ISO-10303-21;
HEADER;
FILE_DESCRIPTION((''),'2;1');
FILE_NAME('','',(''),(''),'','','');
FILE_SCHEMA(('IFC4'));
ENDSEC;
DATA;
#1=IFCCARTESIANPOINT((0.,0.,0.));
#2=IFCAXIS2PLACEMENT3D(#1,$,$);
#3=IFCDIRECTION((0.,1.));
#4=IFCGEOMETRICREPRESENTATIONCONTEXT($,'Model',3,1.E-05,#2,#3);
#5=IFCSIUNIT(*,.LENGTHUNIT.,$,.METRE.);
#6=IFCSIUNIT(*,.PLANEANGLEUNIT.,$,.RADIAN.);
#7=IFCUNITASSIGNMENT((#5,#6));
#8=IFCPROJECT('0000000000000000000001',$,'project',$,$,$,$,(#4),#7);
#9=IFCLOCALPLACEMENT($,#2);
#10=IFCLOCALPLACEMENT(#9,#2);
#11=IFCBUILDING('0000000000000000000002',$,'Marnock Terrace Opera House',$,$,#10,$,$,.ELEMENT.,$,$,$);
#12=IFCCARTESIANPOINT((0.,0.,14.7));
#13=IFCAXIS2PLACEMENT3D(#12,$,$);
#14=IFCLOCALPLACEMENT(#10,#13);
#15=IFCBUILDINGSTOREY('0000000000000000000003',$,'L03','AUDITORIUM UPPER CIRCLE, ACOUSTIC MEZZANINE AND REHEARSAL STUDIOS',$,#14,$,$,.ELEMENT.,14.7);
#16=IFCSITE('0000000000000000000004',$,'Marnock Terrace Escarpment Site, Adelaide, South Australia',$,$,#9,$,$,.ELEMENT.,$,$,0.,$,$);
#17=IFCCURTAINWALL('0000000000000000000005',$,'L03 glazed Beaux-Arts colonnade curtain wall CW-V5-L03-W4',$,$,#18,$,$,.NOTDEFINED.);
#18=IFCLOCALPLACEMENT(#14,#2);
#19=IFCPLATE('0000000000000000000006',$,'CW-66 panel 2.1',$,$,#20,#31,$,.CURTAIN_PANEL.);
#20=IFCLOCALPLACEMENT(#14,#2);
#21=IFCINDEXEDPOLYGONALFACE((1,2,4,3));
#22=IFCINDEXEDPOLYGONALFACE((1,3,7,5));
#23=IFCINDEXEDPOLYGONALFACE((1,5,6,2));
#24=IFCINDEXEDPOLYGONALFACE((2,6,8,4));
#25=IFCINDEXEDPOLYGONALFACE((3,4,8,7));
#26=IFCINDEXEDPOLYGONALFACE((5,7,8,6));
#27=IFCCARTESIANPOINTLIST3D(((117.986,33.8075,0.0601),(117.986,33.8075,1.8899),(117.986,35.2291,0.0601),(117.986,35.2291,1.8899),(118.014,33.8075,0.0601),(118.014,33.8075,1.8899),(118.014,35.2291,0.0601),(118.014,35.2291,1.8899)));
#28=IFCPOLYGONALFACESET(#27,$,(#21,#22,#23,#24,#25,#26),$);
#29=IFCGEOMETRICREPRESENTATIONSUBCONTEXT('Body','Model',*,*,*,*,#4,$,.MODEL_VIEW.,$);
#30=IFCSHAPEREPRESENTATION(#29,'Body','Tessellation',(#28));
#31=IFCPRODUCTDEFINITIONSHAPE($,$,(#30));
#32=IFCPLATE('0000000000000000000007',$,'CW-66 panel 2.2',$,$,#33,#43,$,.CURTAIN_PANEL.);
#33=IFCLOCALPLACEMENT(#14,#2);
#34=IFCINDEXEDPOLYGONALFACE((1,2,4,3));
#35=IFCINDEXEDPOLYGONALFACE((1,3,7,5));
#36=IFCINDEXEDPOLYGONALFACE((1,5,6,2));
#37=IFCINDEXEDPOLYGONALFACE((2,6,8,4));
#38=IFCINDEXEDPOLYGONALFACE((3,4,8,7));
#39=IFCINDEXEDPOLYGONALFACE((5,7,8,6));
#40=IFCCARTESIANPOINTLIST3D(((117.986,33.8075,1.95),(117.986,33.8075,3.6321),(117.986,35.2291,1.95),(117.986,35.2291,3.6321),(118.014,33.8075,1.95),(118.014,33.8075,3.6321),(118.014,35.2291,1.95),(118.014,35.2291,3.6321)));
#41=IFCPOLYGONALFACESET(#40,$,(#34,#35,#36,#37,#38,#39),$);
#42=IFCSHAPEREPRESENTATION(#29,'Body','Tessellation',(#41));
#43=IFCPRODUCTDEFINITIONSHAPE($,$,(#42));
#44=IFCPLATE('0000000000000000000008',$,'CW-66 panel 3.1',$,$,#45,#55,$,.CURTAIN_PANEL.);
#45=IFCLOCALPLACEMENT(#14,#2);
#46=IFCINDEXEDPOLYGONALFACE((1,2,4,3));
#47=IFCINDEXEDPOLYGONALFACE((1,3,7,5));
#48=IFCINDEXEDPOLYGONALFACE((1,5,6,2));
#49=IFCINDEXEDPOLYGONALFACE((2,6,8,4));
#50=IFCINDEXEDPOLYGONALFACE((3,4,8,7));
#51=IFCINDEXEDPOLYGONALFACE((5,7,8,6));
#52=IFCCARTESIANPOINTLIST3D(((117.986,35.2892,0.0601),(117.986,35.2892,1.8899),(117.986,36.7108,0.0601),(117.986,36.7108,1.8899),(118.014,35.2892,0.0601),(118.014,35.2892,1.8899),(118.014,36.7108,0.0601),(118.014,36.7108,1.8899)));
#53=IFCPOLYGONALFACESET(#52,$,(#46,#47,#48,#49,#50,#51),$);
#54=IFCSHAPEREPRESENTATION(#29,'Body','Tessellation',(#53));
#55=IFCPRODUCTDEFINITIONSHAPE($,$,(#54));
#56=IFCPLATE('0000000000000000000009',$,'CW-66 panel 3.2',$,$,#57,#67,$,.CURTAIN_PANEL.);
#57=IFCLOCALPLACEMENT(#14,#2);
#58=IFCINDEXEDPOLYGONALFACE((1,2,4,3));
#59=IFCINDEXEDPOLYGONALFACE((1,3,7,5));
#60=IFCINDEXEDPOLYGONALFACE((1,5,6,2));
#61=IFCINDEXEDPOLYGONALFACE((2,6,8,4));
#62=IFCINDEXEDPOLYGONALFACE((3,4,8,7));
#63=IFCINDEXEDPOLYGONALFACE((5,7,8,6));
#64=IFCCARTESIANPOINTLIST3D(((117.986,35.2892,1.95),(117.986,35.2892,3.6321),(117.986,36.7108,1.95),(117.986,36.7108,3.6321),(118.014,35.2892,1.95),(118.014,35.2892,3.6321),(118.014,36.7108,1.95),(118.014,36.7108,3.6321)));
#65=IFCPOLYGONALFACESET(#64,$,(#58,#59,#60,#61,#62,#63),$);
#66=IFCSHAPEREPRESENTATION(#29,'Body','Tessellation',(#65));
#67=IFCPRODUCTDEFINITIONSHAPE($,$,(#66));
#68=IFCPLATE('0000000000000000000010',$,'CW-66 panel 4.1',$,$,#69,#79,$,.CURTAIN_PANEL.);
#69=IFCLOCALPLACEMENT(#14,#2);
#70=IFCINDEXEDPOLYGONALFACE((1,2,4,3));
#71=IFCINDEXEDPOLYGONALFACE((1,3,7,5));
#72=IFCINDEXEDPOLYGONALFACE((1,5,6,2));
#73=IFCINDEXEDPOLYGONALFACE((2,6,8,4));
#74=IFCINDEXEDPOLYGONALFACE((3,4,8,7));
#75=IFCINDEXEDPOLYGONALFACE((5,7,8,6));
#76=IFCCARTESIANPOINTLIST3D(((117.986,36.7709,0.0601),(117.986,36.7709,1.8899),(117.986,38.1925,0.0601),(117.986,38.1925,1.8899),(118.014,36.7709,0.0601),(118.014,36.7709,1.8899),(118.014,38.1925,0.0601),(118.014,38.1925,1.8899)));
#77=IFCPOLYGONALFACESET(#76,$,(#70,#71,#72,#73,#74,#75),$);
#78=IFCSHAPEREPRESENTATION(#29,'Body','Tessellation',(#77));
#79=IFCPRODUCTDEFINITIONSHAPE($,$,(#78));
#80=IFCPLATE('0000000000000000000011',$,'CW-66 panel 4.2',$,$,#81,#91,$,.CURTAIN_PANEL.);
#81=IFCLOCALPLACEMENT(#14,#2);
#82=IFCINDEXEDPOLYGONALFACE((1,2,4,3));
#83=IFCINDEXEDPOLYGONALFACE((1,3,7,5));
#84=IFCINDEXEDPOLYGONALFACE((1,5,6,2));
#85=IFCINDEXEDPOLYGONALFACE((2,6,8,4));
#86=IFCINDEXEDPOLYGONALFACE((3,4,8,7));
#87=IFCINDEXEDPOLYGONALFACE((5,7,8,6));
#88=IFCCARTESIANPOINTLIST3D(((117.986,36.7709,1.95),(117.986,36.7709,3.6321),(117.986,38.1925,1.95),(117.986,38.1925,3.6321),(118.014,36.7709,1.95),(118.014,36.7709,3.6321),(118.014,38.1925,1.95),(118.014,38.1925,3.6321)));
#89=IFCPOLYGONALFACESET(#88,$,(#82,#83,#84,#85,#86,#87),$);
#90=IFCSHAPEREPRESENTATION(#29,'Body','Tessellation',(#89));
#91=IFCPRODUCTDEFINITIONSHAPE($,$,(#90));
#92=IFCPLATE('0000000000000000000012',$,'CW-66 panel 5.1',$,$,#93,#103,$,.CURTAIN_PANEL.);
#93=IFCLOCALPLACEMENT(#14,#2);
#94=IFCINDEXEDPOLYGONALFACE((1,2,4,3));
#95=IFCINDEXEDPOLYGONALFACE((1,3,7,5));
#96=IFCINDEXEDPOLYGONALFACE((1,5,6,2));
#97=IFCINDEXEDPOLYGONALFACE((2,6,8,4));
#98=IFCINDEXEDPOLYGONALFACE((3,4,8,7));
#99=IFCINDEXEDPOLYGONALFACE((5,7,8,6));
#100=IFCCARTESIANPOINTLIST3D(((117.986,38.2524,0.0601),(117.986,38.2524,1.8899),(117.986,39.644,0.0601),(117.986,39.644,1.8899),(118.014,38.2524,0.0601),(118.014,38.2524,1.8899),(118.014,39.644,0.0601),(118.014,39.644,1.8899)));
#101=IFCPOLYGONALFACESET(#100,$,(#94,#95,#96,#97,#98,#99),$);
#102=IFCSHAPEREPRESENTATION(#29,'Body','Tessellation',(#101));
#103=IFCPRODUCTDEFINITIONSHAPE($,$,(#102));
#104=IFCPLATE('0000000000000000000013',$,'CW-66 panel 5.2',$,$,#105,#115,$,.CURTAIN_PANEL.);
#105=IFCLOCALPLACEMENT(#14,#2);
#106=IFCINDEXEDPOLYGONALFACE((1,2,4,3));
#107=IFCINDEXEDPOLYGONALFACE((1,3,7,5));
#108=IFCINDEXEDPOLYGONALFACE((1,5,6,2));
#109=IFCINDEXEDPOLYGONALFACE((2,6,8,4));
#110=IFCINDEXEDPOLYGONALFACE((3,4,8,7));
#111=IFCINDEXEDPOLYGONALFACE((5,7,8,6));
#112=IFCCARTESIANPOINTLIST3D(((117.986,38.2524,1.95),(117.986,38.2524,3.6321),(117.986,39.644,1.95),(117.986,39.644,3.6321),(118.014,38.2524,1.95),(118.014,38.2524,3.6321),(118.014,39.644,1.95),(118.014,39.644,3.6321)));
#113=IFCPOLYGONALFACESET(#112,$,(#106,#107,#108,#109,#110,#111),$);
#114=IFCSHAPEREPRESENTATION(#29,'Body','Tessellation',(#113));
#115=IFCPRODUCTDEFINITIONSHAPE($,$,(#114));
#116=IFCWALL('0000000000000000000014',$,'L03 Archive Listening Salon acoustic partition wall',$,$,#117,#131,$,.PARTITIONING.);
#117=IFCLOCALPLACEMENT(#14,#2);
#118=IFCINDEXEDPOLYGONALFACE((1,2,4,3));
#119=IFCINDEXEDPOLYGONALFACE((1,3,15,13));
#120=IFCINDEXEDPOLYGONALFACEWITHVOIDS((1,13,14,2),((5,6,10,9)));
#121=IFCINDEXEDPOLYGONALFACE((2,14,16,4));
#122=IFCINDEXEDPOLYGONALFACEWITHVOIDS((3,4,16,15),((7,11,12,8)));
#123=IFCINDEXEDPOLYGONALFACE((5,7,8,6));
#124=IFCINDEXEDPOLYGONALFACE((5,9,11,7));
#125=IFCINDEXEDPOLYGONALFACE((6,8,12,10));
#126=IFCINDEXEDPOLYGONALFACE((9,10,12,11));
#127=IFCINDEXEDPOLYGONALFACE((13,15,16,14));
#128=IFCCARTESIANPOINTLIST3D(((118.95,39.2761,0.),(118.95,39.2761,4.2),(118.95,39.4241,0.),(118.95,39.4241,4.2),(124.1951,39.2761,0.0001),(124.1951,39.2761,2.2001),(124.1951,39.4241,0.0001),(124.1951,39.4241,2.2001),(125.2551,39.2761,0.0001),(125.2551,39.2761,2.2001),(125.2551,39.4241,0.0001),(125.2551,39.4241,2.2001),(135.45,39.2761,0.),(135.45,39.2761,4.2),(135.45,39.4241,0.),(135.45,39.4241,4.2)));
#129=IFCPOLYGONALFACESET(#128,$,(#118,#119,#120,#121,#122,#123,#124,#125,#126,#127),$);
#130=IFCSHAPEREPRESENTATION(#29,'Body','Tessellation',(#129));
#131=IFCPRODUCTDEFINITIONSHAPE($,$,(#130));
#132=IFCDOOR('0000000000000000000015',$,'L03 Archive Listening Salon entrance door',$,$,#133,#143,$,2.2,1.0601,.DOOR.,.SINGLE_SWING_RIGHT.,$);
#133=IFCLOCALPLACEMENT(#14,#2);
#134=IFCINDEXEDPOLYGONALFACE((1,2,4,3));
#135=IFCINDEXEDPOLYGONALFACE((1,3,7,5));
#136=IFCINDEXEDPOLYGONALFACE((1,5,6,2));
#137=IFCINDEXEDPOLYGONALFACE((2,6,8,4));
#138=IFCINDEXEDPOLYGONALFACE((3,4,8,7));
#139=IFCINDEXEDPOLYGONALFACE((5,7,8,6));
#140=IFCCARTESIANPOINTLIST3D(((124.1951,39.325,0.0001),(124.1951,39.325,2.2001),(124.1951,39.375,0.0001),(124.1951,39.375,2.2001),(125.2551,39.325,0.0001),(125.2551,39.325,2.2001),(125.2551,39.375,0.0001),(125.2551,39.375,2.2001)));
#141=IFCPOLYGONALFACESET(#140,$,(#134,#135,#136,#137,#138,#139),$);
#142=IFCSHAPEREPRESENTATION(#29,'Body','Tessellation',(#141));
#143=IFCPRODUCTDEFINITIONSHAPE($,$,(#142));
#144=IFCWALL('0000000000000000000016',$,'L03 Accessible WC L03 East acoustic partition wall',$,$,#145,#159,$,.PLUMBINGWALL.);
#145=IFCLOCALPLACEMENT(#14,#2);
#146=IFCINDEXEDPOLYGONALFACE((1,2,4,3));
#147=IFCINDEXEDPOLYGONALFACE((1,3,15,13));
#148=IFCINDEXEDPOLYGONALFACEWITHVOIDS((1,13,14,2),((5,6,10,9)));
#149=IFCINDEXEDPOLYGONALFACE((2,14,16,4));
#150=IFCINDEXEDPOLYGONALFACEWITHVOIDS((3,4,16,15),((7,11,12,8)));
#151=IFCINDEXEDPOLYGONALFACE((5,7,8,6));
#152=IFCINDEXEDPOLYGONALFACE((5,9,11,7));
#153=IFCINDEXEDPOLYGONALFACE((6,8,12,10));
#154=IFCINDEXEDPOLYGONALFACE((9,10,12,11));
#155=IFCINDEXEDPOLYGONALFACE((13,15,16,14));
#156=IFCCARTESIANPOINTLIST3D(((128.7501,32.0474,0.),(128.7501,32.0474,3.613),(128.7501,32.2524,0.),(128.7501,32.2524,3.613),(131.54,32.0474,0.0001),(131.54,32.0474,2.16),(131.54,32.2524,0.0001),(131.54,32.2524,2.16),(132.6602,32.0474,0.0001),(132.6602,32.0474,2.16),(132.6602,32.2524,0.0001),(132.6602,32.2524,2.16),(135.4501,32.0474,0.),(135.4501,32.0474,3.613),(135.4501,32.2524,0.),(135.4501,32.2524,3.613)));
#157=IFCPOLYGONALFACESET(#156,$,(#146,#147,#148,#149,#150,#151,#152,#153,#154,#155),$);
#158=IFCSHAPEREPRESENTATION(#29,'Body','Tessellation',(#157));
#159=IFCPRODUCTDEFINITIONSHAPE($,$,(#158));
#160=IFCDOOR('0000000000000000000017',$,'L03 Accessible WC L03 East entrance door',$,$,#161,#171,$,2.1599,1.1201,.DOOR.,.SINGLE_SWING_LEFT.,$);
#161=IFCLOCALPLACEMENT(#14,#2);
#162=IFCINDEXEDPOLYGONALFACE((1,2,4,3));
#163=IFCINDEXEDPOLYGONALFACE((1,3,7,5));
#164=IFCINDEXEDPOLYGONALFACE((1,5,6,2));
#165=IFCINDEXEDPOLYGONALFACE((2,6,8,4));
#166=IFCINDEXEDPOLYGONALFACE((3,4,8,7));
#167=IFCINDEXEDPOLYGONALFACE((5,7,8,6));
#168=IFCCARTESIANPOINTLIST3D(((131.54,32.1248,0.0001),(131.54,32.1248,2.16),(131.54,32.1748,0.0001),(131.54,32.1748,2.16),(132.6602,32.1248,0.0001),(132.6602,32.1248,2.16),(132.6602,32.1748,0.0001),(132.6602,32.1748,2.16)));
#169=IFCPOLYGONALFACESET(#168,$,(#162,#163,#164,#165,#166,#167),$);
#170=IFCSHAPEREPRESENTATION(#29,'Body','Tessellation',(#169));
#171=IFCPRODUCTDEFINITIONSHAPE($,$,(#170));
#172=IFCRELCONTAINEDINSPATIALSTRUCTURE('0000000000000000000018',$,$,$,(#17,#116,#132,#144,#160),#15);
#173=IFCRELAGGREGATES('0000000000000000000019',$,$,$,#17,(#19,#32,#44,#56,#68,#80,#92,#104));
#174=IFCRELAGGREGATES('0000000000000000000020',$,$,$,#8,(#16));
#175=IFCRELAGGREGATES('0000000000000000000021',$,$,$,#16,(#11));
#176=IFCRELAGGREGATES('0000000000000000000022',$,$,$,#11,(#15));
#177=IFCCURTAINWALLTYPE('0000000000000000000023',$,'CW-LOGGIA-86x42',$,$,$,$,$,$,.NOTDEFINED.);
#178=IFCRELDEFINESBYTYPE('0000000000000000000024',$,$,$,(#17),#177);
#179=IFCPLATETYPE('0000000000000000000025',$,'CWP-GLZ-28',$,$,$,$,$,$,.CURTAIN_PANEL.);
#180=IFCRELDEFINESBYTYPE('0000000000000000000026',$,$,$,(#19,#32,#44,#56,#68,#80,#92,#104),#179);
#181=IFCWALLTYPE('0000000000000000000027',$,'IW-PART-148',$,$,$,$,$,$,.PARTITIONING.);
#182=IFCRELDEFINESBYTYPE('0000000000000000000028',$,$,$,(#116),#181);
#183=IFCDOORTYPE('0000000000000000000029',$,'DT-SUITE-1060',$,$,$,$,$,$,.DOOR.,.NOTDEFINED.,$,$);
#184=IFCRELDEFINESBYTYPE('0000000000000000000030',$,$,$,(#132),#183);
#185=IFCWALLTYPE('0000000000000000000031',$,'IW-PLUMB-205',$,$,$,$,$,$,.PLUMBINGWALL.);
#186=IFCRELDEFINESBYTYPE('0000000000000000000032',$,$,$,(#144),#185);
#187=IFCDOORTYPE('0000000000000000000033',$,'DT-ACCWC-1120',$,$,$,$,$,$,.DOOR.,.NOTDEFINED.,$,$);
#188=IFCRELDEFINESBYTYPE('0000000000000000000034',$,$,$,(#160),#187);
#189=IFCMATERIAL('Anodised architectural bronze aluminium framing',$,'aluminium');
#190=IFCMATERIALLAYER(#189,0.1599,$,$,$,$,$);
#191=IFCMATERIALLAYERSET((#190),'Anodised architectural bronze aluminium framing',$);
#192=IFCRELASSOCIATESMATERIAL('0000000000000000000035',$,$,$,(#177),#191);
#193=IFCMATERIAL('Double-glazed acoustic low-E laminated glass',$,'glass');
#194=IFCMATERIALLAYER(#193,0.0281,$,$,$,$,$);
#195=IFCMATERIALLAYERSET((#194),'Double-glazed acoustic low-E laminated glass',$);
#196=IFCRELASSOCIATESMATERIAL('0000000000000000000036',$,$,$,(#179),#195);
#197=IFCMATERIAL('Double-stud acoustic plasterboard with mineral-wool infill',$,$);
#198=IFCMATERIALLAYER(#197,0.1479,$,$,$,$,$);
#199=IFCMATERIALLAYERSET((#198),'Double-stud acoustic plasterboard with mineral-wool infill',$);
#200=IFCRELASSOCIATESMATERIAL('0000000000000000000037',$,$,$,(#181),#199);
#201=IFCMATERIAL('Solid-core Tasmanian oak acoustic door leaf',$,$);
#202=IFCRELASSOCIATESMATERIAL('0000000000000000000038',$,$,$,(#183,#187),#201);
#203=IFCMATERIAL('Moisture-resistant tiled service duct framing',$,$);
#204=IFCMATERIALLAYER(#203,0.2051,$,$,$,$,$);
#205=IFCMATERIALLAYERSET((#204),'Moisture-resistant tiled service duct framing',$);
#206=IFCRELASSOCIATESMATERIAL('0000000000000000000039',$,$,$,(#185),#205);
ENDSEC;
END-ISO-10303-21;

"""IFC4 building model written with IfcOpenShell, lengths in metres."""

from ifc_helpers import new_model, si_unit, direction, frame, frame_2d, origin, origin_2d, place, context, subcontext, project, spatial, rectangle, extrude, material, layer, layer_set, type_object, element, fill, aggregate, save


model = new_model("IFC4")

# Units and contexts
model_context = context("Model", 3, precision=1e-05, world=origin(), true_north=direction((0.0, 1.0)))
body_context = subcontext(model_context, "Body", "Model", "MODEL_VIEW")
ifc_project = project(units=[si_unit("LENGTHUNIT", "METRE"), si_unit("PLANEANGLEUNIT", "RADIAN")], contexts=[model_context])

# Site, building, storey
site_placement = place(None, origin())
site = spatial("IfcSite", under=ifc_project, at=site_placement, Name="Marnock Terrace Escarpment Site, Adelaide, South Australia", CompositionType="ELEMENT", RefElevation=0.0)
building_placement = place(site_placement, origin())
building = spatial("IfcBuilding", under=site, at=building_placement, Name="Marnock Terrace Opera House", CompositionType="ELEMENT")
storey_placement = place(building_placement, frame((0.0, 0.0, 14.7)))
storey = spatial("IfcBuildingStorey", under=building, at=storey_placement, Name="L03", Description="AUDITORIUM UPPER CIRCLE, ACOUSTIC MEZZANINE AND REHEARSAL STUDIOS", CompositionType="ELEMENT", Elevation=14.7)

# Curtain wall, plates
ifc_material_1 = material(Name="Anodised architectural bronze aluminium framing", Category="aluminium")
ifc_layer_1 = layer(ifc_material_1, 0.1599)
ifc_layer_set_1 = layer_set([ifc_layer_1], Name="Anodised architectural bronze aluminium framing")
curtain_wall_type = type_object("IfcCurtainWallType", Name="CW-LOGGIA-86x42", PredefinedType="NOTDEFINED", material=ifc_layer_set_1)
curtain_wall_placement = place(storey_placement, origin())
curtain_wall = element("IfcCurtainWall", 1, at=curtain_wall_placement, inside=storey, type_object=curtain_wall_type, Name="L03 glazed Beaux-Arts colonnade curtain wall CW-V5-L03-W4", PredefinedType="NOTDEFINED")
ifc_material_2 = material(Name="Double-glazed acoustic low-E laminated glass", Category="glass")
ifc_layer_2 = layer(ifc_material_2, 0.0281)
ifc_layer_set_2 = layer_set([ifc_layer_2], Name="Double-glazed acoustic low-E laminated glass")
plate_type = type_object("IfcPlateType", Name="CWP-GLZ-28", PredefinedType="CURTAIN_PANEL", material=ifc_layer_set_2)
plate_1_placement = place(storey_placement, frame((118.0, 34.5183, 0.0601), z_axis=(0.0, 0.0, 1.0), x_axis=(0.0, 1.0, 0.0)))
plate_1 = element("IfcPlate", 2, at=plate_1_placement, type_object=plate_type, Name="CW-66 panel 2.1", PredefinedType="CURTAIN_PANEL", context=body_context, shape_type="SweptSolid", body=[
    extrude(rectangle(XDim=1.4216, YDim=0.0281, at=origin_2d()), origin(), (0.0, 0.0, 1.0), 1.8298),
])
plate_2_placement = place(storey_placement, frame((118.0, 34.5183, 1.95), z_axis=(0.0, 0.0, 1.0), x_axis=(0.0, 1.0, 0.0)))
plate_2 = element("IfcPlate", 3, at=plate_2_placement, type_object=plate_type, Name="CW-66 panel 2.2", PredefinedType="CURTAIN_PANEL", context=body_context, shape_type="SweptSolid", body=[
    extrude(rectangle(XDim=1.4216, YDim=0.0281, at=origin_2d()), origin(), (0.0, 0.0, 1.0), 1.6821),
])
plate_3_placement = place(storey_placement, frame((118.0, 36.0, 0.0601), z_axis=(0.0, 0.0, 1.0), x_axis=(0.0, 1.0, 0.0)))
plate_3 = element("IfcPlate", 4, at=plate_3_placement, type_object=plate_type, Name="CW-66 panel 3.1", PredefinedType="CURTAIN_PANEL", context=body_context, shape_type="SweptSolid", body=[
    extrude(rectangle(XDim=1.4216, YDim=0.0281, at=origin_2d()), origin(), (0.0, 0.0, 1.0), 1.8298),
])
plate_4_placement = place(storey_placement, frame((118.0, 36.0, 1.95), z_axis=(0.0, 0.0, 1.0), x_axis=(0.0, 1.0, 0.0)))
plate_4 = element("IfcPlate", 5, at=plate_4_placement, type_object=plate_type, Name="CW-66 panel 3.2", PredefinedType="CURTAIN_PANEL", context=body_context, shape_type="SweptSolid", body=[
    extrude(rectangle(XDim=1.4216, YDim=0.0281, at=origin_2d()), origin(), (0.0, 0.0, 1.0), 1.6821),
])
plate_5_placement = place(storey_placement, frame((118.0, 37.4817, 0.0601), z_axis=(0.0, 0.0, 1.0), x_axis=(0.0, 1.0, 0.0)))
plate_5 = element("IfcPlate", 6, at=plate_5_placement, type_object=plate_type, Name="CW-66 panel 4.1", PredefinedType="CURTAIN_PANEL", context=body_context, shape_type="SweptSolid", body=[
    extrude(rectangle(XDim=1.4216, YDim=0.0281, at=origin_2d()), origin(), (0.0, 0.0, 1.0), 1.8298),
])
plate_6_placement = place(storey_placement, frame((118.0, 37.4817, 1.95), z_axis=(0.0, 0.0, 1.0), x_axis=(0.0, 1.0, 0.0)))
plate_6 = element("IfcPlate", 7, at=plate_6_placement, type_object=plate_type, Name="CW-66 panel 4.2", PredefinedType="CURTAIN_PANEL", context=body_context, shape_type="SweptSolid", body=[
    extrude(rectangle(XDim=1.4216, YDim=0.0281, at=origin_2d()), origin(), (0.0, 0.0, 1.0), 1.6821),
])
plate_7_placement = place(storey_placement, frame((118.0, 38.9482, 0.0601), z_axis=(0.0, 0.0, 1.0), x_axis=(0.0, 1.0, 0.0)))
plate_7 = element("IfcPlate", 8, at=plate_7_placement, type_object=plate_type, Name="CW-66 panel 5.1", PredefinedType="CURTAIN_PANEL", context=body_context, shape_type="SweptSolid", body=[
    extrude(rectangle(XDim=1.3916, YDim=0.0281, at=origin_2d()), origin(), (0.0, 0.0, 1.0), 1.8298),
])
plate_8_placement = place(storey_placement, frame((118.0, 38.9482, 1.95), z_axis=(0.0, 0.0, 1.0), x_axis=(0.0, 1.0, 0.0)))
plate_8 = element("IfcPlate", 9, at=plate_8_placement, type_object=plate_type, Name="CW-66 panel 5.2", PredefinedType="CURTAIN_PANEL", context=body_context, shape_type="SweptSolid", body=[
    extrude(rectangle(XDim=1.3916, YDim=0.0281, at=origin_2d()), origin(), (0.0, 0.0, 1.0), 1.6821),
])
aggregate(curtain_wall, [plate_1, plate_2, plate_3, plate_4, plate_5, plate_6, plate_7, plate_8])

# Walls, openings, doors
ifc_material_3 = material(Name="Double-stud acoustic plasterboard with mineral-wool infill")
ifc_layer_3 = layer(ifc_material_3, 0.1479)
ifc_layer_set_3 = layer_set([ifc_layer_3], Name="Double-stud acoustic plasterboard with mineral-wool infill")
wall_type_1 = type_object("IfcWallType", Name="IW-PART-148", PredefinedType="PARTITIONING", material=ifc_layer_set_3)
wall_1_placement = place(storey_placement, frame((118.95, 39.3501, 0.0), z_axis=(0.0, 0.0, 1.0), x_axis=(1.0, 0.0, 0.0)))
wall_1 = element("IfcWall", 10, at=wall_1_placement, inside=storey, type_object=wall_type_1, Name="L03 Archive Listening Salon acoustic partition wall", PredefinedType="PARTITIONING", context=body_context, shape_type="SweptSolid", body=[
    extrude(rectangle(XDim=16.5, YDim=0.1479, at=frame_2d((8.25, 0.0))), origin(), (0.0, 0.0, 1.0), 4.2),
])
opening_1_placement = place(wall_1_placement, frame((5.2451, 0.0, 0.0)))
opening_1 = element("IfcOpeningElement", 11, at=opening_1_placement, cuts=wall_1, PredefinedType="OPENING", context=body_context, shape_type="SweptSolid", body=[
    extrude(rectangle(XDim=1.0601, YDim=2.2, at=frame_2d((0.53, 1.1001))), frame((0.0, 0.084, 0.0), z_axis=(0.0, -1.0, 0.0), x_axis=(1.0, 0.0, 0.0)), (0.0, 0.0, 1.0), 0.168),
])
ifc_material_4 = material(Name="Solid-core Tasmanian oak acoustic door leaf")
door_type_1 = type_object("IfcDoorType", Name="DT-SUITE-1060", OperationType="NOTDEFINED", PredefinedType="DOOR", material=ifc_material_4)
door_1_placement = place(opening_1_placement, origin())
door_1 = element("IfcDoor", 12, at=door_1_placement, inside=storey, type_object=door_type_1, Name="L03 Archive Listening Salon entrance door", OperationType="SINGLE_SWING_RIGHT", OverallHeight=2.2, OverallWidth=1.0601, PredefinedType="DOOR", context=body_context, shape_type="SweptSolid", body=[
    extrude(rectangle(XDim=1.0601, YDim=2.2, at=frame_2d((0.53, 1.1001))), frame((0.0, 0.0249, 0.0), z_axis=(0.0, -1.0, 0.0), x_axis=(1.0, 0.0, 0.0)), (0.0, 0.0, 1.0), 0.05),
])
fill(opening_1, door_1)
ifc_material_5 = material(Name="Moisture-resistant tiled service duct framing")
ifc_layer_4 = layer(ifc_material_5, 0.2051)
ifc_layer_set_4 = layer_set([ifc_layer_4], Name="Moisture-resistant tiled service duct framing")
wall_type_2 = type_object("IfcWallType", Name="IW-PLUMB-205", PredefinedType="PLUMBINGWALL", material=ifc_layer_set_4)
wall_2_placement = place(storey_placement, frame((128.75, 32.1499, 0.0), z_axis=(0.0, 0.0, 1.0), x_axis=(1.0, 0.0, 0.0)))
wall_2 = element("IfcWall", 13, at=wall_2_placement, inside=storey, type_object=wall_type_2, Name="L03 Accessible WC L03 East acoustic partition wall", PredefinedType="PLUMBINGWALL", context=body_context, shape_type="SweptSolid", body=[
    extrude(rectangle(XDim=6.7, YDim=0.2051, at=frame_2d((3.3501, 0.0))), origin(), (0.0, 0.0, 1.0), 3.613),
])
opening_2_placement = place(wall_2_placement, frame((2.79, 0.0, 0.0)))
opening_2 = element("IfcOpeningElement", 14, at=opening_2_placement, cuts=wall_2, PredefinedType="OPENING", context=body_context, shape_type="SweptSolid", body=[
    extrude(rectangle(XDim=1.1201, YDim=2.1599, at=frame_2d((0.5601, 1.0801))), frame((0.0, 0.1125, 0.0), z_axis=(0.0, -1.0, 0.0), x_axis=(1.0, 0.0, 0.0)), (0.0, 0.0, 1.0), 0.2251),
])
door_type_2 = type_object("IfcDoorType", Name="DT-ACCWC-1120", OperationType="NOTDEFINED", PredefinedType="DOOR", material=ifc_material_4)
door_2_placement = place(opening_2_placement, origin())
door_2 = element("IfcDoor", 15, at=door_2_placement, inside=storey, type_object=door_type_2, Name="L03 Accessible WC L03 East entrance door", OperationType="SINGLE_SWING_LEFT", OverallHeight=2.1599, OverallWidth=1.1201, PredefinedType="DOOR", context=body_context, shape_type="SweptSolid", body=[
    extrude(rectangle(XDim=1.1201, YDim=2.1599, at=frame_2d((0.5601, 1.0801))), frame((0.0, 0.0249, 0.0), z_axis=(0.0, -1.0, 0.0), x_axis=(1.0, 0.0, 0.0)), (0.0, 0.0, 1.0), 0.05),
])
fill(opening_2, door_2)

save(model, "model.ifc")
